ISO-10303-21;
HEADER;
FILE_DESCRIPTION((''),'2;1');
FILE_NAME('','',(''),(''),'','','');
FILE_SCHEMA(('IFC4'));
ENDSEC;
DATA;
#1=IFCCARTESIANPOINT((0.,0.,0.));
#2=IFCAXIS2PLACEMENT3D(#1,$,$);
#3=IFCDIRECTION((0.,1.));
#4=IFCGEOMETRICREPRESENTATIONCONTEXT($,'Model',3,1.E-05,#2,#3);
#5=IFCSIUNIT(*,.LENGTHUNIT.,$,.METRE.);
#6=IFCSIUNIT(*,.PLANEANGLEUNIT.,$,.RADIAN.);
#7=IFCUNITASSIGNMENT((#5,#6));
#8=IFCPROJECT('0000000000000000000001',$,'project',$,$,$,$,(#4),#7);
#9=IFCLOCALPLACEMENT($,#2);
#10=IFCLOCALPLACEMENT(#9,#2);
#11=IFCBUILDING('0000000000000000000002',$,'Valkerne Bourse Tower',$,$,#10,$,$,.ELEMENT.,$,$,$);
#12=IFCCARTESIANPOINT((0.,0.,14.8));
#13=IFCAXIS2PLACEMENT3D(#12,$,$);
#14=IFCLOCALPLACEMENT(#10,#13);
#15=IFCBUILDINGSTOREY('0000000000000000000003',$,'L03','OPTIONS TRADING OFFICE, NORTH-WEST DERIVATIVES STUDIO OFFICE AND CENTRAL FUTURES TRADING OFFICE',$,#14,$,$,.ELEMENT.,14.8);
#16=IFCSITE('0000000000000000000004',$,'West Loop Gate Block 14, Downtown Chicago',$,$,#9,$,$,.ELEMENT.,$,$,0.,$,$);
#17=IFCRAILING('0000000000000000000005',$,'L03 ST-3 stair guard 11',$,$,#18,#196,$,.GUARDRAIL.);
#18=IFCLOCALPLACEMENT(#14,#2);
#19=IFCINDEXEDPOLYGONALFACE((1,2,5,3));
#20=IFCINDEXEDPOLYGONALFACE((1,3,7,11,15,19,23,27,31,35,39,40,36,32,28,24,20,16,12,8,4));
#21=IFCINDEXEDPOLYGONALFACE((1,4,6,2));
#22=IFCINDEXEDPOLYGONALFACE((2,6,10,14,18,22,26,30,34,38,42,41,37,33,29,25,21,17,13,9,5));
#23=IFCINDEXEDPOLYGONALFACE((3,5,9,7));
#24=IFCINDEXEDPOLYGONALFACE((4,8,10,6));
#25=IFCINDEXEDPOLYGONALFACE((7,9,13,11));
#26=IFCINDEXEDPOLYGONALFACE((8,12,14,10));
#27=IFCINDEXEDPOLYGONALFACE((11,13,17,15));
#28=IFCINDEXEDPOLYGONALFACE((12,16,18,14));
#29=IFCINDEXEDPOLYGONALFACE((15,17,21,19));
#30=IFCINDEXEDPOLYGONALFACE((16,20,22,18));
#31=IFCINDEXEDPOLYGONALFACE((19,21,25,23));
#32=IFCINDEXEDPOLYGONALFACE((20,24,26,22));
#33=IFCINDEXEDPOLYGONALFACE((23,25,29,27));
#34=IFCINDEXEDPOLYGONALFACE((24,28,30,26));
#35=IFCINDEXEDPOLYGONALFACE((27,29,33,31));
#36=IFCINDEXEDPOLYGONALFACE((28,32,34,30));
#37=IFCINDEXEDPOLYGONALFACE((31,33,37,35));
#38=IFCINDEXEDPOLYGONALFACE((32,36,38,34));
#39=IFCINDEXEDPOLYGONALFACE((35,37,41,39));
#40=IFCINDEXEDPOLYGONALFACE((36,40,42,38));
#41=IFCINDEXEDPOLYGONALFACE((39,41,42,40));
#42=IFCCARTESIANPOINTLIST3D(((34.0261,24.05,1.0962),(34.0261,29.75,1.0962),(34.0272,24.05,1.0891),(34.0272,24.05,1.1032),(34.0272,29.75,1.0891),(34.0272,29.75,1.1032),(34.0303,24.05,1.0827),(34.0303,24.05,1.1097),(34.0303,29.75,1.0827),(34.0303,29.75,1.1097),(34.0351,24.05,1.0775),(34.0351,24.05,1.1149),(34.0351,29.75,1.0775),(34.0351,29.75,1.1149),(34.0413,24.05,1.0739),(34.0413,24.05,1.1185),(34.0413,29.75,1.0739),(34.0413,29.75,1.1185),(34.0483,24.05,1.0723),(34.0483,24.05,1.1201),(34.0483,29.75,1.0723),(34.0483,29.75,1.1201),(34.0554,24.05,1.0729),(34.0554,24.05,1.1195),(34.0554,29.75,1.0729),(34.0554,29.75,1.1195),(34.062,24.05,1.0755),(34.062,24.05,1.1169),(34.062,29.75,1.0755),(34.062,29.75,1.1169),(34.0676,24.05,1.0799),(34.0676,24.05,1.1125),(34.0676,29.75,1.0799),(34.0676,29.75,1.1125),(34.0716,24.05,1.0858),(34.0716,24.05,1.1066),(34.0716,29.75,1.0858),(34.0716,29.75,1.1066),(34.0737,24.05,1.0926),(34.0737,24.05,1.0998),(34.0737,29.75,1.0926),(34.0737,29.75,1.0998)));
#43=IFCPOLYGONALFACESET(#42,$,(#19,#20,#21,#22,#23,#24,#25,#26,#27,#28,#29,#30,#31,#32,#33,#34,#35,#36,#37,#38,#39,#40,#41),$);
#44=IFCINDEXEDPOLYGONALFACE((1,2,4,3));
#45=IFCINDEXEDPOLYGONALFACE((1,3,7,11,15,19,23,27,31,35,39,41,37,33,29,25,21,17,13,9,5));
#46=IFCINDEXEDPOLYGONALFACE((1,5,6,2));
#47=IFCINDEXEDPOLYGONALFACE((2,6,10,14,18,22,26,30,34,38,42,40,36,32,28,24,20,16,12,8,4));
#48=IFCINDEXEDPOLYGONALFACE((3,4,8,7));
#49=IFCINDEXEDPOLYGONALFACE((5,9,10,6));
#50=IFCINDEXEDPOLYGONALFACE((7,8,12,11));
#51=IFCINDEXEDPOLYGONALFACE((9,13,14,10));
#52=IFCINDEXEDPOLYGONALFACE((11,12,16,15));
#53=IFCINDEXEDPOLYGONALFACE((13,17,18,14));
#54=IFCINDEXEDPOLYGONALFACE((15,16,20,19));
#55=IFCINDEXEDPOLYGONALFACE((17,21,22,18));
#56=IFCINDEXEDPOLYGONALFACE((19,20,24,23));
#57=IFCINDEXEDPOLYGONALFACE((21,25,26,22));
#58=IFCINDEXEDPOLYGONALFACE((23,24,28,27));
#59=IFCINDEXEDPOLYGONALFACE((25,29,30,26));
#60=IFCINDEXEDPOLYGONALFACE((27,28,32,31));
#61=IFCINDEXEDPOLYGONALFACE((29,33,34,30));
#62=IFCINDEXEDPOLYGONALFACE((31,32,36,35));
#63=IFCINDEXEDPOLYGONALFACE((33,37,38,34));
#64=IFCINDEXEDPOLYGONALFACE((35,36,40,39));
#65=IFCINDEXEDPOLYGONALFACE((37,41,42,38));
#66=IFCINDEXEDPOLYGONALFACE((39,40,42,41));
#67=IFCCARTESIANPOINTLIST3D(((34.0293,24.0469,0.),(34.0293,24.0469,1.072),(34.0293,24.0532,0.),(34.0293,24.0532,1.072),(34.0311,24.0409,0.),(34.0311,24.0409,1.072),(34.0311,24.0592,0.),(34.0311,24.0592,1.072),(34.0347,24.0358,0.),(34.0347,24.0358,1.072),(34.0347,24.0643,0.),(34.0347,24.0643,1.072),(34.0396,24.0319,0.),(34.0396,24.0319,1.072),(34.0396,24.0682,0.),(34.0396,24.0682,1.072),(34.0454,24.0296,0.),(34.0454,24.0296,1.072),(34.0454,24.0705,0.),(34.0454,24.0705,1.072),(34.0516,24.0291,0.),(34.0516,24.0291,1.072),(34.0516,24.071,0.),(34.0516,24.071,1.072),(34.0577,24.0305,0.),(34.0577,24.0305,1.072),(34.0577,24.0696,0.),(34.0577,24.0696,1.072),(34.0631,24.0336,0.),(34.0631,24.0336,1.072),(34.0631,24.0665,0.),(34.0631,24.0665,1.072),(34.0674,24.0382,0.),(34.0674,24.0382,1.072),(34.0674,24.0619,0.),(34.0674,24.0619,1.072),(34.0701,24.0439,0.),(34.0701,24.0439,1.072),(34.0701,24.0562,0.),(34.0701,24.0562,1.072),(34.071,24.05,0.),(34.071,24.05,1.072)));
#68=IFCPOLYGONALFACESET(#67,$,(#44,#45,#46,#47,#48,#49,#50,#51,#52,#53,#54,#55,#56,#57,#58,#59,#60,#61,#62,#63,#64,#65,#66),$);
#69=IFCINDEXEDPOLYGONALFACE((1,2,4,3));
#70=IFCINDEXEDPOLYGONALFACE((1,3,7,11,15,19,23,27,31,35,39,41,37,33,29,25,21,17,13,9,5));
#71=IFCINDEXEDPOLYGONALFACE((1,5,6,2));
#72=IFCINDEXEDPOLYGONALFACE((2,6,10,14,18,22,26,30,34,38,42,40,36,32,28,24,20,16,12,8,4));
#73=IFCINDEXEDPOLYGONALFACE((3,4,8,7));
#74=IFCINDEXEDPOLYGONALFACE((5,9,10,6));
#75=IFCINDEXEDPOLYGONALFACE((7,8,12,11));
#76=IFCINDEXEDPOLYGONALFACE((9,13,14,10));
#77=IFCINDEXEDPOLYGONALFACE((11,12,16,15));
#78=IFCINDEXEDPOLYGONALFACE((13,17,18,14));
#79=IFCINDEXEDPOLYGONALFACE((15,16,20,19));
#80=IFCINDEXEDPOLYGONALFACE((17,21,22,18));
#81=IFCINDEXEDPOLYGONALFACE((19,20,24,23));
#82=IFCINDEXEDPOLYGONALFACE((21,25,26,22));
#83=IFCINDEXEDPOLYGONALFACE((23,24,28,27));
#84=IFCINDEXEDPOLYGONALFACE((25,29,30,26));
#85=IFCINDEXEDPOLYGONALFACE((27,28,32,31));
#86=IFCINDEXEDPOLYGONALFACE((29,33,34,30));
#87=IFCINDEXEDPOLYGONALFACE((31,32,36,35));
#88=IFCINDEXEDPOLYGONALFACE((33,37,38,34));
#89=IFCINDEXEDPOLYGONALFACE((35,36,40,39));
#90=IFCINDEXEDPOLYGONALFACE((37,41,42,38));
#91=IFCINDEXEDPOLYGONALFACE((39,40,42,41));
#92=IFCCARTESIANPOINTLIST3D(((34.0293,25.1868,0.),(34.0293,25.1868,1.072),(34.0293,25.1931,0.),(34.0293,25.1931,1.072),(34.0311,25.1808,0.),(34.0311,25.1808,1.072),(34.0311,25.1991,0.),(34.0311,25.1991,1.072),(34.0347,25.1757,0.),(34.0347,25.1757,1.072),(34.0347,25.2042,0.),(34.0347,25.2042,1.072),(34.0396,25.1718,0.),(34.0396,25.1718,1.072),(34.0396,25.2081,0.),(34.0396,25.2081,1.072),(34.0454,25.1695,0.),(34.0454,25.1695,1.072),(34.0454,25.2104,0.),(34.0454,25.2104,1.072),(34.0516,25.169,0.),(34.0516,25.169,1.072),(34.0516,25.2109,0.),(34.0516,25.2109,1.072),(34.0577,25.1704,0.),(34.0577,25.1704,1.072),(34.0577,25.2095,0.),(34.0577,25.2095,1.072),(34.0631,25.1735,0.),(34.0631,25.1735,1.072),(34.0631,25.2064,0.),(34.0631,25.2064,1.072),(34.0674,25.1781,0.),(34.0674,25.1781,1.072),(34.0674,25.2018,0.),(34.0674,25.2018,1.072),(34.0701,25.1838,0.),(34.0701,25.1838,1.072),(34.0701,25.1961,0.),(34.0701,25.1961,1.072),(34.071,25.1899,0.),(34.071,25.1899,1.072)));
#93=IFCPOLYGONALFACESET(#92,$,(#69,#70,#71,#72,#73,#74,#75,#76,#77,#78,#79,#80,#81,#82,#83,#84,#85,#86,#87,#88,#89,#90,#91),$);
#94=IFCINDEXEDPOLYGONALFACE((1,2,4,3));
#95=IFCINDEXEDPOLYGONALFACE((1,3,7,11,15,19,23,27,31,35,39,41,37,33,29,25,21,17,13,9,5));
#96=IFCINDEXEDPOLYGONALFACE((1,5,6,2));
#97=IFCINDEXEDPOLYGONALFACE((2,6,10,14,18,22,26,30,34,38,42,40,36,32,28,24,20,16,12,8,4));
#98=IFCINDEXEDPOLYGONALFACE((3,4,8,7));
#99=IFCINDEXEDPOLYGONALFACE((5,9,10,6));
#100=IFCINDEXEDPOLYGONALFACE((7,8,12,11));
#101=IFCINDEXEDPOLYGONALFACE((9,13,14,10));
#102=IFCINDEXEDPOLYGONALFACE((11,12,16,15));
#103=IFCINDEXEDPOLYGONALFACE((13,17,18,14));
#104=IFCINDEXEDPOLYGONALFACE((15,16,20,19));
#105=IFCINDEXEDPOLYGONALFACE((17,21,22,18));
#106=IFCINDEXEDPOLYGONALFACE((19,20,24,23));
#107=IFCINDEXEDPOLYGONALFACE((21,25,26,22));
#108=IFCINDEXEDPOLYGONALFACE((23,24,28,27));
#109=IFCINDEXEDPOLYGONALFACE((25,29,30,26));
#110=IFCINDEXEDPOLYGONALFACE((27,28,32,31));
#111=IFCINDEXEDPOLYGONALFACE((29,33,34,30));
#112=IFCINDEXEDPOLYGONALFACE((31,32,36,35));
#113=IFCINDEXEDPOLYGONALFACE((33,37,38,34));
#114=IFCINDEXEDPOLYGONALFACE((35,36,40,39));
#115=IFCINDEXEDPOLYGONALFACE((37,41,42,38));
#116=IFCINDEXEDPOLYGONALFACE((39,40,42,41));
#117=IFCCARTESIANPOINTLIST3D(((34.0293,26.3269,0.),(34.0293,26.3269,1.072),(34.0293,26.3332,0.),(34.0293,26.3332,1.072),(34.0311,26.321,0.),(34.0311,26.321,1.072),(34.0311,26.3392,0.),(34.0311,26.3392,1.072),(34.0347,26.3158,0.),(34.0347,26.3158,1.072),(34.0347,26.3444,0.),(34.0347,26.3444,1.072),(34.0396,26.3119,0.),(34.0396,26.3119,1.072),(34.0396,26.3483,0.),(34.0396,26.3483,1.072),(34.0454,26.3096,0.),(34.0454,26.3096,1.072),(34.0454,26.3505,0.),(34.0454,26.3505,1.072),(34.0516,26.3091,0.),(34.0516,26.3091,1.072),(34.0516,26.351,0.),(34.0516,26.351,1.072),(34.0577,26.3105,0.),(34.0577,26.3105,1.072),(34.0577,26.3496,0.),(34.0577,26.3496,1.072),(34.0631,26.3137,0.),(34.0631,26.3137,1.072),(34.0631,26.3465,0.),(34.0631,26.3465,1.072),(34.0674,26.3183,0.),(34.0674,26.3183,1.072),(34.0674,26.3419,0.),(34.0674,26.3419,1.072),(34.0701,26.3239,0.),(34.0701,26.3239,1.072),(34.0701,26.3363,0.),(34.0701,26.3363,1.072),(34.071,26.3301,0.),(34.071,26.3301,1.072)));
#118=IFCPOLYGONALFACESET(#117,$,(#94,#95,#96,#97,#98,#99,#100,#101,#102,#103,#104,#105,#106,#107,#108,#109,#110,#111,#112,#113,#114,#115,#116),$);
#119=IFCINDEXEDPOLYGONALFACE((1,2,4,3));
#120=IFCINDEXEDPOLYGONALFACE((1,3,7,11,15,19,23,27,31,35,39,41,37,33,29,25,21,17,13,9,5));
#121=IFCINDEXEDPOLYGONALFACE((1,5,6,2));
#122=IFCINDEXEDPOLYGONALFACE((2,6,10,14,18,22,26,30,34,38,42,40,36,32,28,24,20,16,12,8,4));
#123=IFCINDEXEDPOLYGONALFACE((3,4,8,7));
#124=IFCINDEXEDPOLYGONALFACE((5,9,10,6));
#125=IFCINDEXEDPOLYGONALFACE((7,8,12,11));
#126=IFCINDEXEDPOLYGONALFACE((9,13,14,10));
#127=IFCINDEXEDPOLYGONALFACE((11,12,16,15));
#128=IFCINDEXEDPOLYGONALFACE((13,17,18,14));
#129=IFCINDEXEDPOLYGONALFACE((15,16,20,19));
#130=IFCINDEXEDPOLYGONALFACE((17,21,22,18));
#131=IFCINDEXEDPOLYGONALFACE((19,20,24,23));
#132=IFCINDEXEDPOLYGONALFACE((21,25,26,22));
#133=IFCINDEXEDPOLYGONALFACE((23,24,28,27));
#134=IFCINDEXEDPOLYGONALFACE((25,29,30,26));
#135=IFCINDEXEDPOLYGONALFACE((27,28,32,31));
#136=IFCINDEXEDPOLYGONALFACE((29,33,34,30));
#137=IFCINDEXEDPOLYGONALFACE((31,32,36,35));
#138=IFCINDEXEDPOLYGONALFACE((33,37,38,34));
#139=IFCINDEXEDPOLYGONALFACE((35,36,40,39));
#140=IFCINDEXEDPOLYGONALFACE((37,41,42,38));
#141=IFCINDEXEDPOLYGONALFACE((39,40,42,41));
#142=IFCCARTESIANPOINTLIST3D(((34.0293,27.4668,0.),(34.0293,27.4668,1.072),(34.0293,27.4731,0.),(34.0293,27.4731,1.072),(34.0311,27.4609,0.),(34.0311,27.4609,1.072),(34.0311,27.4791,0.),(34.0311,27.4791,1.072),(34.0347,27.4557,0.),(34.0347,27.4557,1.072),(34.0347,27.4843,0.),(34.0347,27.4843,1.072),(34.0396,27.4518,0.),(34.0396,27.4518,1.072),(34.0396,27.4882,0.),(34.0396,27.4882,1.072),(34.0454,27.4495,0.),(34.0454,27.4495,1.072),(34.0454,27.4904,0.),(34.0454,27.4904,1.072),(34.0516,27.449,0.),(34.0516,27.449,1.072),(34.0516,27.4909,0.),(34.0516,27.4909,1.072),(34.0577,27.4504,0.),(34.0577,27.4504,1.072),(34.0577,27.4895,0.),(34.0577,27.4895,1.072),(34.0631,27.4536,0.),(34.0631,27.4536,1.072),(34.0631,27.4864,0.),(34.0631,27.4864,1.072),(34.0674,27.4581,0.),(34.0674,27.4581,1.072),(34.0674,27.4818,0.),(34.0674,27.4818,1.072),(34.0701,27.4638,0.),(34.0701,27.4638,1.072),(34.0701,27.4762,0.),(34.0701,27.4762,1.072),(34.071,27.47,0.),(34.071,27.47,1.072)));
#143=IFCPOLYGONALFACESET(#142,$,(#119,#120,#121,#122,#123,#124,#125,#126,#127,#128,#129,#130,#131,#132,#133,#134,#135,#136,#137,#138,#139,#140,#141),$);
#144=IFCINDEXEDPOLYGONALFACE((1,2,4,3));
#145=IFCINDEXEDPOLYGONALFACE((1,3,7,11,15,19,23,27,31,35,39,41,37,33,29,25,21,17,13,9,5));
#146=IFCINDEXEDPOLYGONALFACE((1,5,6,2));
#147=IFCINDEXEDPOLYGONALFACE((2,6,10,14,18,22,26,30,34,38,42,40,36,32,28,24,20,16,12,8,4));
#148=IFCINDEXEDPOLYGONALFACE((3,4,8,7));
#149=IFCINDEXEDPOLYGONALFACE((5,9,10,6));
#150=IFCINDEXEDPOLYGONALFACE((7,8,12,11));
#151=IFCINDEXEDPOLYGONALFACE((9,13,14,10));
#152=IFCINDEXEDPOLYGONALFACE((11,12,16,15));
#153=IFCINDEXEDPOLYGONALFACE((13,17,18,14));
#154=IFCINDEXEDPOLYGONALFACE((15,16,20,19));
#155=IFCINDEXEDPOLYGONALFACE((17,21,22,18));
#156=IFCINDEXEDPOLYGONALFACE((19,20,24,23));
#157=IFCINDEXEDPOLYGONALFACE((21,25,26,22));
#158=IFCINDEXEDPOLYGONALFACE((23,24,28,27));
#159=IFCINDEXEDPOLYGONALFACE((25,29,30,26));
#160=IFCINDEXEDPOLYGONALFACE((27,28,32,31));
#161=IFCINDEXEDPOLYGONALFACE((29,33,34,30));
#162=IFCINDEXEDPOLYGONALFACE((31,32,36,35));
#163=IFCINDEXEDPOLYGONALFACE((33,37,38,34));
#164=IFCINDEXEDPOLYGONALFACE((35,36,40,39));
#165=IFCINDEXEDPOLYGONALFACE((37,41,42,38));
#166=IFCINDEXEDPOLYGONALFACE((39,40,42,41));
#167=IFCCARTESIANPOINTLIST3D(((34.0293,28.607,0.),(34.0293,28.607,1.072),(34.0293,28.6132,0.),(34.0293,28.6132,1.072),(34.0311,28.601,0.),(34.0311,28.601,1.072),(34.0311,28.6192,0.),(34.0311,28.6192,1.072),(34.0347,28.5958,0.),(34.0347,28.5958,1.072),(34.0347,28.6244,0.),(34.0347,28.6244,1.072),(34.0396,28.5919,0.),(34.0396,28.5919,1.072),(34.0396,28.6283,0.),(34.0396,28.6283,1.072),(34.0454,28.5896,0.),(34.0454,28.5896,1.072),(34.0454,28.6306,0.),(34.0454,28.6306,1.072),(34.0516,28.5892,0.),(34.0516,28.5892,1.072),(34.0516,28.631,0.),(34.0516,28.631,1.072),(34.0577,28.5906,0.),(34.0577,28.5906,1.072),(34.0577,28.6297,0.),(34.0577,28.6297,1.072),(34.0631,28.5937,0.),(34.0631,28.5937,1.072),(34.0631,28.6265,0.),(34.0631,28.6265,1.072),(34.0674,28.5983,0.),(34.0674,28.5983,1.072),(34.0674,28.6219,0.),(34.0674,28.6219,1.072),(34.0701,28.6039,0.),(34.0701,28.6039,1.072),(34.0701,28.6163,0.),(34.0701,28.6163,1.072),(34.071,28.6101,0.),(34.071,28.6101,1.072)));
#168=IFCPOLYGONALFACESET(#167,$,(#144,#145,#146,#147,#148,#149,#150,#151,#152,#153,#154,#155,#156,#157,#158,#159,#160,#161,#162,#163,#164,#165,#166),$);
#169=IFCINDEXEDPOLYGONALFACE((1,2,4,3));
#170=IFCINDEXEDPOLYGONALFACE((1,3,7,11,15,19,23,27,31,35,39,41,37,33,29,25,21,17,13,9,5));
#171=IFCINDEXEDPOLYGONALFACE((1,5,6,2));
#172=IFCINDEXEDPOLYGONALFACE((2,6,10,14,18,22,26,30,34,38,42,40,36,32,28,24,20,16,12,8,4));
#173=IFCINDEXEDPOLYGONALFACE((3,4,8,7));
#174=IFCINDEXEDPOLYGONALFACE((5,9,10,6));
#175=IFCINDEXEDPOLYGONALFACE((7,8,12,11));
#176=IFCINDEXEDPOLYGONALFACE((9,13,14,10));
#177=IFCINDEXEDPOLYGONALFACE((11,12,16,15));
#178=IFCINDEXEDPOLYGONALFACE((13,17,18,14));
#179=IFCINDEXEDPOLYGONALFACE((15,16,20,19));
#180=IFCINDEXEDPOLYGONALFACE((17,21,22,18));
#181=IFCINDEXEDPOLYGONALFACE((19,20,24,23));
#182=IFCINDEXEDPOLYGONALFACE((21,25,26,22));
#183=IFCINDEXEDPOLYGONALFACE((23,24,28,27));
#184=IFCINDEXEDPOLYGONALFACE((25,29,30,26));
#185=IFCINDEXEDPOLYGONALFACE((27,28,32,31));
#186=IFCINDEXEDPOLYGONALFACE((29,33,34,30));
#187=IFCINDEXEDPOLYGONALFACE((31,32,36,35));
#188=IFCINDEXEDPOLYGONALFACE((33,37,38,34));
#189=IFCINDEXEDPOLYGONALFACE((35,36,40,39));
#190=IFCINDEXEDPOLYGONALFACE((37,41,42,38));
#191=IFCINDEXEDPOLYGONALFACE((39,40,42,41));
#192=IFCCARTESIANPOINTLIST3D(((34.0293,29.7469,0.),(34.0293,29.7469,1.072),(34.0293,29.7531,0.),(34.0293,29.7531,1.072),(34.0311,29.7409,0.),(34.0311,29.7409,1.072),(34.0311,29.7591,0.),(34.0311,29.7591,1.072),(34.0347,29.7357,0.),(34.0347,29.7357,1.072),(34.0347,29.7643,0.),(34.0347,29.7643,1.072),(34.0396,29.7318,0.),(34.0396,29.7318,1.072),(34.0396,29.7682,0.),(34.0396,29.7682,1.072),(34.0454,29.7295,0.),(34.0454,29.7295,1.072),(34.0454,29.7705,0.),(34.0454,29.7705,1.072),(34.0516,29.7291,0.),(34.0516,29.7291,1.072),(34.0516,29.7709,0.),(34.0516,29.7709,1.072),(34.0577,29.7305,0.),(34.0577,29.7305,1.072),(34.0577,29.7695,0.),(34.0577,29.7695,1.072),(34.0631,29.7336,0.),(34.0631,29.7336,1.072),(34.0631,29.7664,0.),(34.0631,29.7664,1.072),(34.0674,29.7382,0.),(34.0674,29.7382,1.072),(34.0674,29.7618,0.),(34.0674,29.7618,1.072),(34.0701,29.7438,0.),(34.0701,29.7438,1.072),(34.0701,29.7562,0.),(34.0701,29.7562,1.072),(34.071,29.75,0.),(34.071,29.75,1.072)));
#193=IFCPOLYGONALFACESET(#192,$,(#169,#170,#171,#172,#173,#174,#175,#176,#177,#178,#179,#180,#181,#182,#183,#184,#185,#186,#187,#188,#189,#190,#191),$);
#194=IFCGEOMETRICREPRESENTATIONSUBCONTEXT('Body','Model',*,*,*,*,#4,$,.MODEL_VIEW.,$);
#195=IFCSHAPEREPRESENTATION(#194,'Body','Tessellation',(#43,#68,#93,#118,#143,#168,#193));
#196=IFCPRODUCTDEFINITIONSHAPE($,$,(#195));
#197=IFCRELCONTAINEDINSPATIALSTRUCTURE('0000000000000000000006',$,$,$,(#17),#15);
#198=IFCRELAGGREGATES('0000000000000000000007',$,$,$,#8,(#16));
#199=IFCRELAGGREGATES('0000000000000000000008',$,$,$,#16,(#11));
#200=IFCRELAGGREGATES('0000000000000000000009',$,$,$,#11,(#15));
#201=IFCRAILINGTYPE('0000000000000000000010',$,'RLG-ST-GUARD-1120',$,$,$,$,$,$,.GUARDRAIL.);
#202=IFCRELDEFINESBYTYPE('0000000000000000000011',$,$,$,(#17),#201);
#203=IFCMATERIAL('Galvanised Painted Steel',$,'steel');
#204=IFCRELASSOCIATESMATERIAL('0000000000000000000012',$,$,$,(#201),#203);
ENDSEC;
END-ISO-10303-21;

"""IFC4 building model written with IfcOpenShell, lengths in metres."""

from ifc_helpers import new_model, si_unit, direction, frame, origin, origin_2d, place, context, subcontext, project, spatial, circle, extrude, material, type_object, element, save


model = new_model("IFC4")

# Units and contexts
model_context = context("Model", 3, precision=1e-05, world=origin(), true_north=direction((0.0, 1.0)))
body_context = subcontext(model_context, "Body", "Model", "MODEL_VIEW")
ifc_project = project(units=[si_unit("LENGTHUNIT", "METRE"), si_unit("PLANEANGLEUNIT", "RADIAN")], contexts=[model_context])

# Site, building, storey
site_placement = place(None, origin())
site = spatial("IfcSite", under=ifc_project, at=site_placement, Name="West Loop Gate Block 14, Downtown Chicago", CompositionType="ELEMENT", RefElevation=0.0)
building_placement = place(site_placement, origin())
building = spatial("IfcBuilding", under=site, at=building_placement, Name="Valkerne Bourse Tower", CompositionType="ELEMENT")
storey_placement = place(building_placement, frame((0.0, 0.0, 14.8)))
storey = spatial("IfcBuildingStorey", under=building, at=storey_placement, Name="L03", Description="OPTIONS TRADING OFFICE, NORTH-WEST DERIVATIVES STUDIO OFFICE AND CENTRAL FUTURES TRADING OFFICE", CompositionType="ELEMENT", Elevation=14.8)

# Shared definitions
ifc_material_1 = material(Name="Galvanised Painted Steel", Category="steel")

# Railing
railing_type_1 = type_object("IfcRailingType", Name="RLG-ST-GUARD-1120", PredefinedType="GUARDRAIL", material=ifc_material_1)
for number, where, name in (
    (1, (34.05, 24.05, 0.0), "L03 ST-3 stair guard 11"),
):
    element("IfcRailing", number, at=place(storey_placement, frame(where)), inside=storey, type_object=railing_type_1, Name=name, PredefinedType="GUARDRAIL", context=body_context, shape_type="SweptSolid", body=[
        extrude(circle(Radius=0.0239, at=origin_2d()), frame((0.0, 0.0, 1.0962), z_axis=(0.0, 1.0, 0.0), x_axis=(-1.0, 0.0, 0.0)), (0.0, 0.0, 1.0), 5.7),
        extrude(circle(Radius=0.021, at=origin_2d()), origin(), (0.0, 0.0, 1.0), 1.072),
        extrude(circle(Radius=0.021, at=origin_2d()), frame((0.0, 1.1399, 0.0)), (0.0, 0.0, 1.0), 1.072),
        extrude(circle(Radius=0.021, at=origin_2d()), frame((0.0, 2.28, 0.0)), (0.0, 0.0, 1.0), 1.072),
        extrude(circle(Radius=0.021, at=origin_2d()), frame((0.0, 3.4199, 0.0)), (0.0, 0.0, 1.0), 1.072),
        extrude(circle(Radius=0.021, at=origin_2d()), frame((0.0, 4.5601, 0.0)), (0.0, 0.0, 1.0), 1.072),
        extrude(circle(Radius=0.021, at=origin_2d()), frame((0.0, 5.7, 0.0)), (0.0, 0.0, 1.0), 1.072),
    ])

save(model, "model.ifc")
